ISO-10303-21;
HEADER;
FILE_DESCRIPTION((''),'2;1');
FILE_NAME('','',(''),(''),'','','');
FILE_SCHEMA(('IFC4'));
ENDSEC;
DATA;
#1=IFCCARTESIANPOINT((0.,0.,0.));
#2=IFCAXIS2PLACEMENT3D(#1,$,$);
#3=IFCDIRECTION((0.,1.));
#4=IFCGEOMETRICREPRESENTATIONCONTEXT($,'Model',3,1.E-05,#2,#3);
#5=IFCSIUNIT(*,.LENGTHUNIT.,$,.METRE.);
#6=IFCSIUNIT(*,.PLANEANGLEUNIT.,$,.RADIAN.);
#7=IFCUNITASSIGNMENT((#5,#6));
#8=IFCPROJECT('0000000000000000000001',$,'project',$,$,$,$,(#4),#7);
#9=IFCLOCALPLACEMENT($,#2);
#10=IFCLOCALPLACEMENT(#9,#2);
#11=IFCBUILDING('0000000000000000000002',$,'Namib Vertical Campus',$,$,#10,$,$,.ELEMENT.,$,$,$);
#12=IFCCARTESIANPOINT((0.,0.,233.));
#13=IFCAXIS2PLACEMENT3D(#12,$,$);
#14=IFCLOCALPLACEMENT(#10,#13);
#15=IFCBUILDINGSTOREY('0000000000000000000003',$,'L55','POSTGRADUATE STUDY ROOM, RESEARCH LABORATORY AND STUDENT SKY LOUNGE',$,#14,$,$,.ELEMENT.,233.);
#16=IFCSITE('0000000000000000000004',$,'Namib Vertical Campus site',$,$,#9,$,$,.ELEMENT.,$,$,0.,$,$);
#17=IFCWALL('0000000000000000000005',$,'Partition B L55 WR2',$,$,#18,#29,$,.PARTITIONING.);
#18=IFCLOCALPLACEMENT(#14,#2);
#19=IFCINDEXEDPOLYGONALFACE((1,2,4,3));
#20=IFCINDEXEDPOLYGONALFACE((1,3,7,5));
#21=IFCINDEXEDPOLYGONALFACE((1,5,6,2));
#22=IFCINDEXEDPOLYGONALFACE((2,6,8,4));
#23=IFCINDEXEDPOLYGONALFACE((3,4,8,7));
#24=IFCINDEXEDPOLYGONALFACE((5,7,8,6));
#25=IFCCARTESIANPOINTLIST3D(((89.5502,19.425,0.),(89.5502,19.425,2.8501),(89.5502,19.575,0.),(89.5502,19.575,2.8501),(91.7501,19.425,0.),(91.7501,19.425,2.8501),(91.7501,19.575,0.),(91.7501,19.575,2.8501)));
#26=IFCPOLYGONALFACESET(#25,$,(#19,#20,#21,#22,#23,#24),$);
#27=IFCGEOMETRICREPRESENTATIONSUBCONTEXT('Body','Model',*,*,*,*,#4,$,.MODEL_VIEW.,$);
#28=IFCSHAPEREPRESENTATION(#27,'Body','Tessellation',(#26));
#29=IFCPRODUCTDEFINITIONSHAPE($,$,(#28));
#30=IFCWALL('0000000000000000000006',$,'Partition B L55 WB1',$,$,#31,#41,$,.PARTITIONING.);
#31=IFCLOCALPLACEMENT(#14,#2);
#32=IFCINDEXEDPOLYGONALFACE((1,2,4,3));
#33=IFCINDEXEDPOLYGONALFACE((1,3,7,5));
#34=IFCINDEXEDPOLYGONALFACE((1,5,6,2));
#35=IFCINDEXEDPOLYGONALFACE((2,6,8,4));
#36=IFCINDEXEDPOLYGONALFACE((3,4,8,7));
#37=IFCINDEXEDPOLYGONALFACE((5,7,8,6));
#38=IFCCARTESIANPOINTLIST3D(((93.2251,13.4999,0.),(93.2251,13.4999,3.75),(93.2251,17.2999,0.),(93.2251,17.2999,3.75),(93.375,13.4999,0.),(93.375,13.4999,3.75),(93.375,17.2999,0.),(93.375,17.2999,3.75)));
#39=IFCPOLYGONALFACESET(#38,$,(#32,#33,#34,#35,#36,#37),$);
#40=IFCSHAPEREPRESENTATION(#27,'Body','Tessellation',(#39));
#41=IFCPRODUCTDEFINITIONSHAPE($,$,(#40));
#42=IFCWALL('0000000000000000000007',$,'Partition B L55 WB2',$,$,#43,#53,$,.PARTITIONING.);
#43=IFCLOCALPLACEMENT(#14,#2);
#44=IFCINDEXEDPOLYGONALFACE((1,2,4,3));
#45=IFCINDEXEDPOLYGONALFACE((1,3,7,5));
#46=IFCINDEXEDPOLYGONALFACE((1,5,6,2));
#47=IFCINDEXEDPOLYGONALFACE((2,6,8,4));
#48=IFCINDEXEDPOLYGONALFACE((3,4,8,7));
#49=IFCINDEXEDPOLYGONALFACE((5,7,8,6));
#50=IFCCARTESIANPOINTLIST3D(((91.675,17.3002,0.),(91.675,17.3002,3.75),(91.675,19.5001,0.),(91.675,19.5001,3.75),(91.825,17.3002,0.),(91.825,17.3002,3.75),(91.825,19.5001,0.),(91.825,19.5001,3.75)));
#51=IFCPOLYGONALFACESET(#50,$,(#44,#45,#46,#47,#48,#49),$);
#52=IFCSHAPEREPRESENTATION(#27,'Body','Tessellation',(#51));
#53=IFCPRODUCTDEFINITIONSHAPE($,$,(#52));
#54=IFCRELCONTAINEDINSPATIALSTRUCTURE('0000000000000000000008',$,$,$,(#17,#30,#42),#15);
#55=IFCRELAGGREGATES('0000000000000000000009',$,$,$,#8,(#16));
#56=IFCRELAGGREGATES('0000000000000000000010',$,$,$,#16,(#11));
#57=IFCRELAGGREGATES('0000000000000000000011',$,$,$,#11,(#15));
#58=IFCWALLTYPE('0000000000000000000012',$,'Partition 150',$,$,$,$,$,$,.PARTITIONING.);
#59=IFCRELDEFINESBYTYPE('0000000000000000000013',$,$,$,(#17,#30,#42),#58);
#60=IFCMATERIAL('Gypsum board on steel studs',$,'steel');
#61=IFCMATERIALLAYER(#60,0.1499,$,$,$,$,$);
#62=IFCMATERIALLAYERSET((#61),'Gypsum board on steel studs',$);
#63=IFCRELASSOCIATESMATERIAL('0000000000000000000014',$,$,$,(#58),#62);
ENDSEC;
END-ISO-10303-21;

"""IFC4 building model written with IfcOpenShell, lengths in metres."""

from ifc_helpers import new_model, si_unit, direction, frame, frame_2d, origin, place, context, subcontext, project, spatial, rectangle, extrude, material, layer, layer_set, type_object, element, save


model = new_model("IFC4")

# Units and contexts
model_context = context("Model", 3, precision=1e-05, world=origin(), true_north=direction((0.0, 1.0)))
body_context = subcontext(model_context, "Body", "Model", "MODEL_VIEW")
ifc_project = project(units=[si_unit("LENGTHUNIT", "METRE"), si_unit("PLANEANGLEUNIT", "RADIAN")], contexts=[model_context])

# Site, building, storey
site_placement = place(None, origin())
site = spatial("IfcSite", under=ifc_project, at=site_placement, Name="Namib Vertical Campus site", CompositionType="ELEMENT", RefElevation=0.0)
building_placement = place(site_placement, origin())
building = spatial("IfcBuilding", under=site, at=building_placement, Name="Namib Vertical Campus", CompositionType="ELEMENT")
storey_placement = place(building_placement, frame((0.0, 0.0, 233.0)))
storey = spatial("IfcBuildingStorey", under=building, at=storey_placement, Name="L55", Description="POSTGRADUATE STUDY ROOM, RESEARCH LABORATORY AND STUDENT SKY LOUNGE", CompositionType="ELEMENT", Elevation=233.0)

# Walls
ifc_material_1 = material(Name="Gypsum board on steel studs", Category="steel")
ifc_layer_1 = layer(ifc_material_1, 0.1499)
ifc_layer_set_1 = layer_set([ifc_layer_1], Name="Gypsum board on steel studs")
wall_type_1 = type_object("IfcWallType", Name="Partition 150", PredefinedType="PARTITIONING", material=ifc_layer_set_1)
wall_1_placement = place(storey_placement, frame((89.55, 19.5, 0.0), z_axis=(0.0, 0.0, 1.0), x_axis=(1.0, 0.0, 0.0)))
element("IfcWall", 1, at=wall_1_placement, inside=storey, type_object=wall_type_1, Name="Partition B L55 WR2", PredefinedType="PARTITIONING", context=body_context, shape_type="SweptSolid", body=[
    extrude(rectangle(XDim=2.2, YDim=0.1499, at=frame_2d((1.1001, 0.0))), origin(), (0.0, 0.0, 1.0), 2.8501),
])
wall_2_placement = place(storey_placement, frame((93.3, 13.5, 0.0), z_axis=(0.0, 0.0, 1.0), x_axis=(0.0, 1.0, 0.0)))
element("IfcWall", 2, at=wall_2_placement, inside=storey, type_object=wall_type_1, Name="Partition B L55 WB1", PredefinedType="PARTITIONING", context=body_context, shape_type="SweptSolid", body=[
    extrude(rectangle(XDim=3.8, YDim=0.1499, at=frame_2d((1.8999, 0.0))), origin(), (0.0, 0.0, 1.0), 3.75),
])
wall_3_placement = place(storey_placement, frame((91.75, 17.3, 0.0), z_axis=(0.0, 0.0, 1.0), x_axis=(0.0, 1.0, 0.0)))
element("IfcWall", 3, at=wall_3_placement, inside=storey, type_object=wall_type_1, Name="Partition B L55 WB2", PredefinedType="PARTITIONING", context=body_context, shape_type="SweptSolid", body=[
    extrude(rectangle(XDim=2.2, YDim=0.1499, at=frame_2d((1.1001, 0.0))), origin(), (0.0, 0.0, 1.0), 3.75),
])

save(model, "model.ifc")
